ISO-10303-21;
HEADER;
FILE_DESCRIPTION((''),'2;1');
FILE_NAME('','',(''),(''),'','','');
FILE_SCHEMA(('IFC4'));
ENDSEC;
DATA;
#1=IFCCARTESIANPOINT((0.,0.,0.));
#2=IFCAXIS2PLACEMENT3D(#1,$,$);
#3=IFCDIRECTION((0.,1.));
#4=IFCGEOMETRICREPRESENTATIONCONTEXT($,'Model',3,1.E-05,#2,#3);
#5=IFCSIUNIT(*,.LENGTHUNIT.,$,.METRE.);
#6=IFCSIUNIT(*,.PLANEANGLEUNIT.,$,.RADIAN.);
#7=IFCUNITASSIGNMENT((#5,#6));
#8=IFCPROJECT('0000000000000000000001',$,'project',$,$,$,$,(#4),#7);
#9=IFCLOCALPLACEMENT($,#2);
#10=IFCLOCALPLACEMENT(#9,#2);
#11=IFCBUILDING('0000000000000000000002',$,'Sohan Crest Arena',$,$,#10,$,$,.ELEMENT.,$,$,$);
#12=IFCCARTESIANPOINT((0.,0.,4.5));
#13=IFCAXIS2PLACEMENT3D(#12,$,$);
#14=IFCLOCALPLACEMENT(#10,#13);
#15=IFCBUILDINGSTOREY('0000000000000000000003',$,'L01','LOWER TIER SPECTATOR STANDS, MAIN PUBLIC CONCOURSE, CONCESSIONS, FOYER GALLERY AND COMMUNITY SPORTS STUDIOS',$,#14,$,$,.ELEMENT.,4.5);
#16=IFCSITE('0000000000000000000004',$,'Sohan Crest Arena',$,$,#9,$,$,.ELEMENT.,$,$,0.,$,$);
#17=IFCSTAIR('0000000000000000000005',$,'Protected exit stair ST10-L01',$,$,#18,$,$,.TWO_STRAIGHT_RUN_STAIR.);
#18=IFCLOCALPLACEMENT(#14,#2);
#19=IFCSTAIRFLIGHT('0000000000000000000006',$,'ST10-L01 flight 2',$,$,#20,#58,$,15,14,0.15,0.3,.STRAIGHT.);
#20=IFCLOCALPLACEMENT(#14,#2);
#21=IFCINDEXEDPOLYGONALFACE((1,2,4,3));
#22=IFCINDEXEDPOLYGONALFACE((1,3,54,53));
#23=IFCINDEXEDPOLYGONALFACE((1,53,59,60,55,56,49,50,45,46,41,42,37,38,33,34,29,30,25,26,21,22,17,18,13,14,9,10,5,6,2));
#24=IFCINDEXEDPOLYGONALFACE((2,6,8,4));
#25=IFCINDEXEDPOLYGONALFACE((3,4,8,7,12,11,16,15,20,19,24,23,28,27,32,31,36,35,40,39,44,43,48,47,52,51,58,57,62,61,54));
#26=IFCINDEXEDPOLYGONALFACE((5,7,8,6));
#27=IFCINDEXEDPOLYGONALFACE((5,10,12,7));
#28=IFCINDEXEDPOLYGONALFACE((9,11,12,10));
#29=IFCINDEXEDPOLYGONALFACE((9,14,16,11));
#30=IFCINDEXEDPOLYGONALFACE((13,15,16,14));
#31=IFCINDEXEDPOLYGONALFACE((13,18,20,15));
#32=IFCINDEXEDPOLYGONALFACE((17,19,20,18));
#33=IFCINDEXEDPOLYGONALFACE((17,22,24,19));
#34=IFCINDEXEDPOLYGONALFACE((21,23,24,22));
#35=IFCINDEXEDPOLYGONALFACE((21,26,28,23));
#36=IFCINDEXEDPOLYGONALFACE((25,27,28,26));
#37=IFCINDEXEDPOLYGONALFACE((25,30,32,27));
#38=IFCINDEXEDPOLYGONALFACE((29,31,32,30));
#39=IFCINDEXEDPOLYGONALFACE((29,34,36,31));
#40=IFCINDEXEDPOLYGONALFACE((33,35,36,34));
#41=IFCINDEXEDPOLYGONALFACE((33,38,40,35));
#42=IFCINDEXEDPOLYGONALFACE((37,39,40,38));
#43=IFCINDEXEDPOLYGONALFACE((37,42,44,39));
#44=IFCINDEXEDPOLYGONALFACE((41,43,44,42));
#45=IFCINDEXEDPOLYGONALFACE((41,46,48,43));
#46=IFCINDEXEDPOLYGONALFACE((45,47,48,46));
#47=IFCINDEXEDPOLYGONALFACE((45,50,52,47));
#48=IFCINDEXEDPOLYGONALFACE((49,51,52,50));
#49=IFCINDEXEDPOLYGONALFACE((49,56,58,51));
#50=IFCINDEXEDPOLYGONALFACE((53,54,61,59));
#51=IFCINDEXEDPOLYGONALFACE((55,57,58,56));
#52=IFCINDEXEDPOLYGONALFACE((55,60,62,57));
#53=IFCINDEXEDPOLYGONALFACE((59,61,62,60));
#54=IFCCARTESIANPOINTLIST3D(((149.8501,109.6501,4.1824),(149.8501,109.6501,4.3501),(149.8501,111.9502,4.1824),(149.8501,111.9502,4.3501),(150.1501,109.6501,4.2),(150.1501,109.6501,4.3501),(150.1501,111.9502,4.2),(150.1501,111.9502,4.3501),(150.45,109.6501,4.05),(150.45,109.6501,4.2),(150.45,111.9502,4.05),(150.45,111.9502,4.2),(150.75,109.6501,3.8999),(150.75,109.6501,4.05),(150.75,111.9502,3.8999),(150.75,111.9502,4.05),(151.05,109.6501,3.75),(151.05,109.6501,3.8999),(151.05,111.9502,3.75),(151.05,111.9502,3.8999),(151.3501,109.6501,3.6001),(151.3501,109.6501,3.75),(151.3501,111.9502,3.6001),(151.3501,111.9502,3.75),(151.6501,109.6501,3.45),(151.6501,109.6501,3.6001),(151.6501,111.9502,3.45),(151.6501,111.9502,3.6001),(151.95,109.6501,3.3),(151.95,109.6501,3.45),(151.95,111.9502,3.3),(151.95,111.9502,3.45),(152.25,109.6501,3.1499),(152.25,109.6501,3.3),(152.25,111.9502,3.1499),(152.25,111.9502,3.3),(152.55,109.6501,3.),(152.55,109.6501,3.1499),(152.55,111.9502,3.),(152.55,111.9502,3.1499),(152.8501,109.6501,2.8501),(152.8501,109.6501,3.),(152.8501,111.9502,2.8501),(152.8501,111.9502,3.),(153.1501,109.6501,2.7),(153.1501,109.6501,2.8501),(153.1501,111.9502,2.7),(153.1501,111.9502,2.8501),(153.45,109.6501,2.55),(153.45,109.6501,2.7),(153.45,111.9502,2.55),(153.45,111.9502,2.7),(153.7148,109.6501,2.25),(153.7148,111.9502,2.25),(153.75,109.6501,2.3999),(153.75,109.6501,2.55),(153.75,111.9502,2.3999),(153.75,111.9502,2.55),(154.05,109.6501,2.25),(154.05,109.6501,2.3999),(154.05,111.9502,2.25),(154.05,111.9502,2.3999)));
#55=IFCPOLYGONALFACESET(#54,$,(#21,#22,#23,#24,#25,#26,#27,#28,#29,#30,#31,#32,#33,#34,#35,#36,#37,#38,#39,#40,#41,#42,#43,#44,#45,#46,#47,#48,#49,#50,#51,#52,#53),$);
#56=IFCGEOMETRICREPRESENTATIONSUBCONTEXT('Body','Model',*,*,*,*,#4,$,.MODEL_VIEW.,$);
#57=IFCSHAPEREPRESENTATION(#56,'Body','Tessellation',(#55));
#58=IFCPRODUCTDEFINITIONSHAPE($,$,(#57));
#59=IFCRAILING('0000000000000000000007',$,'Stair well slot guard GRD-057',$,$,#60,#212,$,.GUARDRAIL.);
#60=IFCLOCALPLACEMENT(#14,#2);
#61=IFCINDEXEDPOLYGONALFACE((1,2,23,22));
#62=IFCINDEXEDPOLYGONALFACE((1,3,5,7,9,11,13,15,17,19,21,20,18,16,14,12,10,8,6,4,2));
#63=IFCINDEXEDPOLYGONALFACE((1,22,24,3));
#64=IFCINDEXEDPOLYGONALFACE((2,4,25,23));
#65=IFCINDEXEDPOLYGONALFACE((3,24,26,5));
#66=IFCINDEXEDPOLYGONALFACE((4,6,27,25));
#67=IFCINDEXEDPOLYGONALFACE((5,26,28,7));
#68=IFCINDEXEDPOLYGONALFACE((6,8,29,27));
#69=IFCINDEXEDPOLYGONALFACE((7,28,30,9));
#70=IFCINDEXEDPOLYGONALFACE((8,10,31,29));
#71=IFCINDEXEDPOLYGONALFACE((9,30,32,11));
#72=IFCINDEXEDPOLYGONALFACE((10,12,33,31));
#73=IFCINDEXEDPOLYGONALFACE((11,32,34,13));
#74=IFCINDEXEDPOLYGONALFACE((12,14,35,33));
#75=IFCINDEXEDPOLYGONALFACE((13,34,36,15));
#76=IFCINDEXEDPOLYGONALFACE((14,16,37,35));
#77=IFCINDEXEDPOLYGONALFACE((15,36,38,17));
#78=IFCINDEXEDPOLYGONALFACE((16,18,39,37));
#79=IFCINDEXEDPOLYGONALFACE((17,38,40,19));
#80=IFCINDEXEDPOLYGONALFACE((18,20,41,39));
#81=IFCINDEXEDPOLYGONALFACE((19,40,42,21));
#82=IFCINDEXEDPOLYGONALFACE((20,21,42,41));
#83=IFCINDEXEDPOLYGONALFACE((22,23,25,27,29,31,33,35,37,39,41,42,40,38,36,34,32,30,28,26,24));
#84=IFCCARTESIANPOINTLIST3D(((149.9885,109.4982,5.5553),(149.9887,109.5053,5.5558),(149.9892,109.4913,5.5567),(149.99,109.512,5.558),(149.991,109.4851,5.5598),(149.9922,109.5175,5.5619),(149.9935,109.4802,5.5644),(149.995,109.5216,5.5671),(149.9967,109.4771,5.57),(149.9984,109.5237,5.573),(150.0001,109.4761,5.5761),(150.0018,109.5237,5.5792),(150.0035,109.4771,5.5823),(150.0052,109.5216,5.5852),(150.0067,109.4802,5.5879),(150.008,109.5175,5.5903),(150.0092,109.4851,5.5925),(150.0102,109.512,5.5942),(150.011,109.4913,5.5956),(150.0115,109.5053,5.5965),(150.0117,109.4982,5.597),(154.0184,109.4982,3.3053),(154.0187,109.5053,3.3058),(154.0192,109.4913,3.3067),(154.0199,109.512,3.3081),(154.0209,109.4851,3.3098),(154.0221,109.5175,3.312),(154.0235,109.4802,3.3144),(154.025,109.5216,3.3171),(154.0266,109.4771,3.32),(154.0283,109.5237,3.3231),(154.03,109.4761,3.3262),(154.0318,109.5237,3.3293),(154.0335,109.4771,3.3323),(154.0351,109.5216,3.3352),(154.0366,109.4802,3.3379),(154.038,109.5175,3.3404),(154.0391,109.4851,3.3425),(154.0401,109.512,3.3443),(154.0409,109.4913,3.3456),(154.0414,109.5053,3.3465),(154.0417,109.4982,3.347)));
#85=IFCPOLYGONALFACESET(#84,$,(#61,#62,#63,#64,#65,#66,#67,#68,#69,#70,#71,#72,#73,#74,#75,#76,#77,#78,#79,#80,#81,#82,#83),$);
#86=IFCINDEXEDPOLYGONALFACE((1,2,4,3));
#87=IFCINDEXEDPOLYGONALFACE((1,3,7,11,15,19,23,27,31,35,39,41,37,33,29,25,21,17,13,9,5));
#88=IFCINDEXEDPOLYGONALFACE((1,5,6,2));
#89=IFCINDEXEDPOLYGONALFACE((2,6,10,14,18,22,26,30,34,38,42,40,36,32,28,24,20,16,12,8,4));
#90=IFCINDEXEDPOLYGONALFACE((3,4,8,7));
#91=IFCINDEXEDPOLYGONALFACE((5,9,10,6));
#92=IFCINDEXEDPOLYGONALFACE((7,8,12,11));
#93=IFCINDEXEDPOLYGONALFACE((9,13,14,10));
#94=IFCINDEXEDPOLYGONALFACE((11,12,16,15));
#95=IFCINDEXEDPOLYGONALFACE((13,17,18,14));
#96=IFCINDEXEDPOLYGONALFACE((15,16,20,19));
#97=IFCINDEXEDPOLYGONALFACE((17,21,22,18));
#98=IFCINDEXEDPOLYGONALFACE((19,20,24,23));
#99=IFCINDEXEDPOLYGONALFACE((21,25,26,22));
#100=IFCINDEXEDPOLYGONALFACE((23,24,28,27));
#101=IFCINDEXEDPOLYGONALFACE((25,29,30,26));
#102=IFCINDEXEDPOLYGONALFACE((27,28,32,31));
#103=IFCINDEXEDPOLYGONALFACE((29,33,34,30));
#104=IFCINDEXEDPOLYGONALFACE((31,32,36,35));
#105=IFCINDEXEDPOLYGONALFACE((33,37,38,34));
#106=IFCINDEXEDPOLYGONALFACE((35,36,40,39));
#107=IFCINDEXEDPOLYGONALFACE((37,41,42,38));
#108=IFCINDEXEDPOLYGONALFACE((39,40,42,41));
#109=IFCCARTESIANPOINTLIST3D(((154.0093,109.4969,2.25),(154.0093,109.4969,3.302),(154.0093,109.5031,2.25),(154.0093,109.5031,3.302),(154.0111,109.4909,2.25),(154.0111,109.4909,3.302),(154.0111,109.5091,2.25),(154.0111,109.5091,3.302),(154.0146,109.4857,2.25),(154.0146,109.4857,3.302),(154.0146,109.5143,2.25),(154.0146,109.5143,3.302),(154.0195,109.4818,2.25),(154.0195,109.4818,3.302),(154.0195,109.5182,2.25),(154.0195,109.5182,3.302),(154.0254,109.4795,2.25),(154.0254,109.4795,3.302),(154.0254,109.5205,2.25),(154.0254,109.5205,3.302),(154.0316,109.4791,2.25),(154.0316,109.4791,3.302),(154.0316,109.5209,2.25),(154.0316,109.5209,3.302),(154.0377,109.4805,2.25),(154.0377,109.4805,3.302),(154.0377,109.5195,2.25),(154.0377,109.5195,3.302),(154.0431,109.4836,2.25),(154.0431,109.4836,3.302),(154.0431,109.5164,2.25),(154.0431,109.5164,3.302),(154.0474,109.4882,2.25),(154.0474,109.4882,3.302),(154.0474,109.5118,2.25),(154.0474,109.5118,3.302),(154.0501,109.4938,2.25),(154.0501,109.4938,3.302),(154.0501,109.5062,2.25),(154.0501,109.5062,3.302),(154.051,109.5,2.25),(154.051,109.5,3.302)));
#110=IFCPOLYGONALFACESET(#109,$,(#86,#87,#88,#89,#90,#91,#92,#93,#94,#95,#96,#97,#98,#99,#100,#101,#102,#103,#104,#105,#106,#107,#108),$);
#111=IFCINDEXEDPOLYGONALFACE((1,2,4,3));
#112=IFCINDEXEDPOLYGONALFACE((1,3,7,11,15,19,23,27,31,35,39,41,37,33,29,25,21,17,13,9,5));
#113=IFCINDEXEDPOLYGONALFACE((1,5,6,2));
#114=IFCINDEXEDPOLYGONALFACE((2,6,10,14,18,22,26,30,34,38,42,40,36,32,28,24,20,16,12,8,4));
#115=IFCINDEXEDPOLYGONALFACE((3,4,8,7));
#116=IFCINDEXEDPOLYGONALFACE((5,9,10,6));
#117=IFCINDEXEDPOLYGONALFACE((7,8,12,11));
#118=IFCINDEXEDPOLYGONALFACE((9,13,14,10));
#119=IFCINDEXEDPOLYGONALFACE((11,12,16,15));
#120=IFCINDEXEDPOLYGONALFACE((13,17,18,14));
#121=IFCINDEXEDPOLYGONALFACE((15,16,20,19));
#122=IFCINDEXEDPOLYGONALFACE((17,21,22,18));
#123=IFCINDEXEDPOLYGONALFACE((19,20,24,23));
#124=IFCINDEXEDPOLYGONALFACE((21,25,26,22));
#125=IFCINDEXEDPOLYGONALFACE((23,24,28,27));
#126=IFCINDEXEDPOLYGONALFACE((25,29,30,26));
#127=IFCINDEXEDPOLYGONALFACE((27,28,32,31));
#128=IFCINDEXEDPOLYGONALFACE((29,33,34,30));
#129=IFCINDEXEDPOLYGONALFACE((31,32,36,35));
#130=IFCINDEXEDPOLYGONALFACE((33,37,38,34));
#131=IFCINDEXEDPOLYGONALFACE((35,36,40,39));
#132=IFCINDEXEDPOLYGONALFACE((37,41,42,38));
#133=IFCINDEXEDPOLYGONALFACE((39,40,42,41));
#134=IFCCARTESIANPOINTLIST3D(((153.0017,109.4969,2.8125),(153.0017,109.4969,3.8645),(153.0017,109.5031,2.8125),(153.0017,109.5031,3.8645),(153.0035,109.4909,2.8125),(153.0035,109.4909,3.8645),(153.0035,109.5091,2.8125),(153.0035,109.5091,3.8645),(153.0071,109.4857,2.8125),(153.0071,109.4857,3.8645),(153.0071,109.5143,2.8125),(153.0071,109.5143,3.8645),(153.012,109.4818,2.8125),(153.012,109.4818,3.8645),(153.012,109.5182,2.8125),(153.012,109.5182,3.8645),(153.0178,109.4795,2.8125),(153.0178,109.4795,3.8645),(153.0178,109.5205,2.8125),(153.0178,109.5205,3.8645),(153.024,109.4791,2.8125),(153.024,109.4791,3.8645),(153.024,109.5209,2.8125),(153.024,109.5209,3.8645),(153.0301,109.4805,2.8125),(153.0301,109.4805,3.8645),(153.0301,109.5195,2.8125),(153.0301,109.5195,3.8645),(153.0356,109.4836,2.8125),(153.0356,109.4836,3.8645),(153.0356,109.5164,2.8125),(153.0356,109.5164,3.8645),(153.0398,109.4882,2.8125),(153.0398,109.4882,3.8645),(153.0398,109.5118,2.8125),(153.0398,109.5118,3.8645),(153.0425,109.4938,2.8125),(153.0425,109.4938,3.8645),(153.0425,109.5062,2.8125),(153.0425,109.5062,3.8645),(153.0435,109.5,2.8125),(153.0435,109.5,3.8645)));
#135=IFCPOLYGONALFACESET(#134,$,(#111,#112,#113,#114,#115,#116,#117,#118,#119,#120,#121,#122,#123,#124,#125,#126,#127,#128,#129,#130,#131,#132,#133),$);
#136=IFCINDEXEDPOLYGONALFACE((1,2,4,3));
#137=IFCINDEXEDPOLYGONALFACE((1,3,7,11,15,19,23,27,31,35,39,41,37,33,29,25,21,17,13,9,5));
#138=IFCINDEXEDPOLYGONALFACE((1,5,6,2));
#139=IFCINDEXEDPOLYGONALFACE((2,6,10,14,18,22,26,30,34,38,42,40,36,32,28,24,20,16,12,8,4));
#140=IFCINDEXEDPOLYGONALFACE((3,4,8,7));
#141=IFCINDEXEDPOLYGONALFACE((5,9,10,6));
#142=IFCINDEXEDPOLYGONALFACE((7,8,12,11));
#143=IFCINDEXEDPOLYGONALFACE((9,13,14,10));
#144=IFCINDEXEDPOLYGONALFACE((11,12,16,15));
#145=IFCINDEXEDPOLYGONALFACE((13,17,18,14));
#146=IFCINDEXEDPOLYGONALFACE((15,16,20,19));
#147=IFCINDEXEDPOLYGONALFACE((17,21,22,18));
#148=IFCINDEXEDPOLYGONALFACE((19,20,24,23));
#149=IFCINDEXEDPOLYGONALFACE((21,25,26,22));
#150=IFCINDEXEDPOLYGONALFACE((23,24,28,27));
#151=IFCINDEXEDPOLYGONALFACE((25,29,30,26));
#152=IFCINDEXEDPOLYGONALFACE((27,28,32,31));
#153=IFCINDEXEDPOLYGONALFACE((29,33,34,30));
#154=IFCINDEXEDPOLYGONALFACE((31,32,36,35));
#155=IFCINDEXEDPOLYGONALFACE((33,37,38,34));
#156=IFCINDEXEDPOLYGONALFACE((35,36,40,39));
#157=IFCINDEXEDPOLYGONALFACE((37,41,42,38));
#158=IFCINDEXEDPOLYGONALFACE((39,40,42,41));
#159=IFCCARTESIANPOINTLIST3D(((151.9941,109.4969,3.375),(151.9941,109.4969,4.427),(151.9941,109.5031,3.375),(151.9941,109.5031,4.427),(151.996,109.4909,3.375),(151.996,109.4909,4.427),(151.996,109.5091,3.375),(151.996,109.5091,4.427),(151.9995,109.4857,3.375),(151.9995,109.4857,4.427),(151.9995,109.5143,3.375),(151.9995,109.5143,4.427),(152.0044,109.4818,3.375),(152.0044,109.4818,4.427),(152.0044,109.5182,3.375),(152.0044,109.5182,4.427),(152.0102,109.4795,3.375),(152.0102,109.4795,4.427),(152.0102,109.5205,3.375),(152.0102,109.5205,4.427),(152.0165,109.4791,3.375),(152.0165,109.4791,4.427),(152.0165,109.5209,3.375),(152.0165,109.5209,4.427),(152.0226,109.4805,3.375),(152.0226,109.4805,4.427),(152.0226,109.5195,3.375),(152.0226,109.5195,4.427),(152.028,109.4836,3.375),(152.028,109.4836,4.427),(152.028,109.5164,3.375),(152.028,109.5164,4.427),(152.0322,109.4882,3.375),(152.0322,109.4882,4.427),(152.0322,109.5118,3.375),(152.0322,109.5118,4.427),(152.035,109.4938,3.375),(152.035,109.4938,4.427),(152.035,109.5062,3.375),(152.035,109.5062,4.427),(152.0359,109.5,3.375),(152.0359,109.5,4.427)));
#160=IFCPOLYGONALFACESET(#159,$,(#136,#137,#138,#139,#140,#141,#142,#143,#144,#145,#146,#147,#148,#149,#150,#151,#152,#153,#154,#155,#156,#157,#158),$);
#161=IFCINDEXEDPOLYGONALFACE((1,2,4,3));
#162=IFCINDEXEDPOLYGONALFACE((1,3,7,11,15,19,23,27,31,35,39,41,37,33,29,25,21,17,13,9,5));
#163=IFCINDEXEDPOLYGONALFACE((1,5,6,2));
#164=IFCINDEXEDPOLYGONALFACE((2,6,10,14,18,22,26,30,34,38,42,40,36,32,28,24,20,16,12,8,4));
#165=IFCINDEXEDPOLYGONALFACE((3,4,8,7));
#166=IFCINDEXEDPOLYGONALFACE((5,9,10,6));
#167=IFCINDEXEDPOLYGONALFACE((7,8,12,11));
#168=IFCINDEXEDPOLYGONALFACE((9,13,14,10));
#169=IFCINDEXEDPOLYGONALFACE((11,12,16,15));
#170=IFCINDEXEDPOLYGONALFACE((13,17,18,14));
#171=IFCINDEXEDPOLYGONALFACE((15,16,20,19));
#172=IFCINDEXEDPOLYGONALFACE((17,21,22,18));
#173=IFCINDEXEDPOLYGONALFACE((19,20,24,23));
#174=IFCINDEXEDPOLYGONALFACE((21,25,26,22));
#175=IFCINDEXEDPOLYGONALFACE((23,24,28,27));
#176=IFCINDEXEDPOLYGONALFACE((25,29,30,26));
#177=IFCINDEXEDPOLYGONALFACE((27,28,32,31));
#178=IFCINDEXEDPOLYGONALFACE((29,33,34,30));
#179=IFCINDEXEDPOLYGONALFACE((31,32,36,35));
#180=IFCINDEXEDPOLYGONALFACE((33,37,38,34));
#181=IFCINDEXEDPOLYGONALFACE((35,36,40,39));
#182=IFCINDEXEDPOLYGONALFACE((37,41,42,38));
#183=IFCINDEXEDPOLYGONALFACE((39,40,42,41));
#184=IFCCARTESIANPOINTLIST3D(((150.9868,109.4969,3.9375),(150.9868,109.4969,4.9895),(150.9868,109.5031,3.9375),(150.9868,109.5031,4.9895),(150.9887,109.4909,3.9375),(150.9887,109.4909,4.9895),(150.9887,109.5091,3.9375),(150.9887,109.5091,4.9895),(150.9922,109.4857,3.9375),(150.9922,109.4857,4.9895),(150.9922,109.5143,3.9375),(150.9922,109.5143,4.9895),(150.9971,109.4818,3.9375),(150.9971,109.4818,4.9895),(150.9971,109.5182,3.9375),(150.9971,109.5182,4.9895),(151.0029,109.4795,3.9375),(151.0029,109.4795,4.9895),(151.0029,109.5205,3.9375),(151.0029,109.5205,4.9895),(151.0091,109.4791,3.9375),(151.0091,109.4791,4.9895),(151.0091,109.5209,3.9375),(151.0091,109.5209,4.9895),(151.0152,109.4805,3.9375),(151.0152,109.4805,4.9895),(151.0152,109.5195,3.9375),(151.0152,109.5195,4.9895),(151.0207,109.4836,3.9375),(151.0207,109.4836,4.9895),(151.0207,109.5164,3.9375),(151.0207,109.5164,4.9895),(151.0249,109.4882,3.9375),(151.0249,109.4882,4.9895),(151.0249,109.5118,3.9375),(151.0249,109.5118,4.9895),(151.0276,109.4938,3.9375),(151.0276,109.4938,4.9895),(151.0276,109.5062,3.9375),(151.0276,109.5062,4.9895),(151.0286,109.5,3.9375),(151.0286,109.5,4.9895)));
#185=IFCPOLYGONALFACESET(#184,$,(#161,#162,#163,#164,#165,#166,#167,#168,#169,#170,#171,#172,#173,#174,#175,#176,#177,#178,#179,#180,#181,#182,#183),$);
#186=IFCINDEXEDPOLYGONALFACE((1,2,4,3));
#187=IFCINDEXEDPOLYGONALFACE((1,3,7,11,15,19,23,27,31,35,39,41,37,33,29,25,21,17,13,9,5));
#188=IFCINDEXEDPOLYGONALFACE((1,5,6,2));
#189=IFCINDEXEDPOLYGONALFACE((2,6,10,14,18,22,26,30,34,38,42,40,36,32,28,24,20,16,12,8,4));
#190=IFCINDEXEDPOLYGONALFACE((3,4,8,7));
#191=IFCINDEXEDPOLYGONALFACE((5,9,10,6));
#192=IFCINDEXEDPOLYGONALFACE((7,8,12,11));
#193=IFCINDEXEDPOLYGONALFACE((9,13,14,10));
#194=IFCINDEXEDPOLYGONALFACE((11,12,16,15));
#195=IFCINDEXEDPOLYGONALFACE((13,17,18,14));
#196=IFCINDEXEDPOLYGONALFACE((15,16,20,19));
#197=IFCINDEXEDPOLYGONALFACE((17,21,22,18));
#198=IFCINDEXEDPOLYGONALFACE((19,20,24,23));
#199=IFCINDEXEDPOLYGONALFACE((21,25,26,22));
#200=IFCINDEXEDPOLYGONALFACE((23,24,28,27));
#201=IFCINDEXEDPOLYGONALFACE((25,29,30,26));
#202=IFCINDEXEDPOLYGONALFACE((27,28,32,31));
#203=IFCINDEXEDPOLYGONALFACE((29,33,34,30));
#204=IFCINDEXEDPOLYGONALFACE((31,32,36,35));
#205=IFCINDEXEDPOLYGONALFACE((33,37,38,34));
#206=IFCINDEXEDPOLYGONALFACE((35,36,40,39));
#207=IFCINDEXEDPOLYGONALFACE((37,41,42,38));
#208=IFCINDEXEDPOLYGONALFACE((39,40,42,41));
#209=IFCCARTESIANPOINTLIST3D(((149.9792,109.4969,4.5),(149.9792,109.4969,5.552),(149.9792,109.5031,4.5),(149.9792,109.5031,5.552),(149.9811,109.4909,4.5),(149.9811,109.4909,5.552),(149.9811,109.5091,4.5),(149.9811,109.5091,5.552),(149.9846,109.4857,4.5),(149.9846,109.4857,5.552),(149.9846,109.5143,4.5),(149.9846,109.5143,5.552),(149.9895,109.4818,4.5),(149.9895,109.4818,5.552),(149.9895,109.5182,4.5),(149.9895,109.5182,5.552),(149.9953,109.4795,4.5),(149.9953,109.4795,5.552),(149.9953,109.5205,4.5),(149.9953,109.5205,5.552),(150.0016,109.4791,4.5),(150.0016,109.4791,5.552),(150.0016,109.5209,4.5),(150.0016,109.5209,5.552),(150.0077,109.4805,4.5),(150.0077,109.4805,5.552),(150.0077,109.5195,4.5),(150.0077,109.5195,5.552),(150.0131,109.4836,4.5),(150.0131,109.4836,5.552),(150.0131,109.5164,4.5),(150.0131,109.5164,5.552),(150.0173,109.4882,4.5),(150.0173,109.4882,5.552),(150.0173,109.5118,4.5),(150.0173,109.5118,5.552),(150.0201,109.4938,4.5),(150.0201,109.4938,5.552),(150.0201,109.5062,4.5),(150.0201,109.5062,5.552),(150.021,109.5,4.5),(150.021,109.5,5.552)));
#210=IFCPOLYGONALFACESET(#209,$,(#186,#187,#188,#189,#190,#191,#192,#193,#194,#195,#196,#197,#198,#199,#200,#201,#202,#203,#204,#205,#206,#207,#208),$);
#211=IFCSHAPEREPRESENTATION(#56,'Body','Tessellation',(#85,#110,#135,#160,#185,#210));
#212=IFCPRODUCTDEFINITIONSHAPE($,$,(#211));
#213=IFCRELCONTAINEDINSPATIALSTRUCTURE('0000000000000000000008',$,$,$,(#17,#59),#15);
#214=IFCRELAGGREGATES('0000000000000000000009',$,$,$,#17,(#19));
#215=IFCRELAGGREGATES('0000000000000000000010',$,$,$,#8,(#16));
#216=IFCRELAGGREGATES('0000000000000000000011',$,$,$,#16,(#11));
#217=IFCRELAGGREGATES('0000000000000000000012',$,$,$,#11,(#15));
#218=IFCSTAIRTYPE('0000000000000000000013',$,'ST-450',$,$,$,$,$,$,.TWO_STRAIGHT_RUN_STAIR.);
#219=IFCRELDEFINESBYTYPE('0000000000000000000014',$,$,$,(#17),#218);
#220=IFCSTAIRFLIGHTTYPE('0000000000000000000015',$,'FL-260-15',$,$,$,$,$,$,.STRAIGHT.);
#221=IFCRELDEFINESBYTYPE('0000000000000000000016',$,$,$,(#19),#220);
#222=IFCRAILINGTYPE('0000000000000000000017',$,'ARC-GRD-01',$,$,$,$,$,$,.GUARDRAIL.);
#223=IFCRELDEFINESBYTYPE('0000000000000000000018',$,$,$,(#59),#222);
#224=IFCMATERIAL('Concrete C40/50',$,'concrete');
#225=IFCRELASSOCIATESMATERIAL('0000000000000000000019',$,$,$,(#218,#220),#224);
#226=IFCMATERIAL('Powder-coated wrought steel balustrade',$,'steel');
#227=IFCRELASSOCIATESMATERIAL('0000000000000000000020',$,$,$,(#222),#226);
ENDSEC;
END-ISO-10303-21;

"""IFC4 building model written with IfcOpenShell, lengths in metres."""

from ifc_helpers import new_model, si_unit, direction, frame, origin, origin_2d, place, context, subcontext, project, spatial, polyline, circle, outline, extrude, material, type_object, element, aggregate, save


model = new_model("IFC4")

# Units and contexts
model_context = context("Model", 3, precision=1e-05, world=origin(), true_north=direction((0.0, 1.0)))
body_context = subcontext(model_context, "Body", "Model", "MODEL_VIEW")
ifc_project = project(units=[si_unit("LENGTHUNIT", "METRE"), si_unit("PLANEANGLEUNIT", "RADIAN")], contexts=[model_context])

# Site, building, storey
site_placement = place(None, origin())
site = spatial("IfcSite", under=ifc_project, at=site_placement, Name="Sohan Crest Arena", CompositionType="ELEMENT", RefElevation=0.0)
building_placement = place(site_placement, origin())
building = spatial("IfcBuilding", under=site, at=building_placement, Name="Sohan Crest Arena", CompositionType="ELEMENT")
storey_placement = place(building_placement, frame((0.0, 0.0, 4.5)))
storey = spatial("IfcBuildingStorey", under=building, at=storey_placement, Name="L01", Description="LOWER TIER SPECTATOR STANDS, MAIN PUBLIC CONCOURSE, CONCESSIONS, FOYER GALLERY AND COMMUNITY SPORTS STUDIOS", CompositionType="ELEMENT", Elevation=4.5)

# Shared definitions
ifc_material_1 = material(Name="Concrete C40/50", Category="concrete")

# Stair, stair flight
stair_type = type_object("IfcStairType", Name="ST-450", PredefinedType="TWO_STRAIGHT_RUN_STAIR", material=ifc_material_1)
stair_placement = place(storey_placement, origin())
stair = element("IfcStair", 1, at=stair_placement, inside=storey, type_object=stair_type, Name="Protected exit stair ST10-L01", PredefinedType="TWO_STRAIGHT_RUN_STAIR")
stair_flight_type = type_object("IfcStairFlightType", Name="FL-260-15", PredefinedType="STRAIGHT", material=ifc_material_1)
stair_flight_1_placement = place(storey_placement, frame((154.05, 110.8, 2.25), z_axis=(0.0, 0.0, 1.0), x_axis=(-1.0, 0.0, 0.0)))
stair_flight_1 = element("IfcStairFlight", 2, at=stair_flight_1_placement, type_object=stair_flight_type, Name="ST10-L01 flight 2", NumberOfRisers=15, NumberOfTreads=14, PredefinedType="STRAIGHT", RiserHeight=0.15, TreadLength=0.3, context=body_context, shape_type="SweptSolid", body=[
    extrude(outline(polyline([(0.0, 0.0), (0.0, 0.1499), (0.3, 0.1499), (0.3, 0.3), (0.6001, 0.3), (0.6001, 0.45), (0.8999, 0.45), (0.8999, 0.6001), (1.2, 0.6001), (1.2, 0.75), (1.5, 0.75), (1.5, 0.8999), (1.8, 0.8999), (1.8, 1.05), (2.1001, 1.05), (2.1001, 1.2), (2.3999, 1.2), (2.3999, 1.3501), (2.7, 1.3501), (2.7, 1.5), (3.0, 1.5), (3.0, 1.6499), (3.3, 1.6499), (3.3, 1.8), (3.6001, 1.8), (3.6001, 1.95), (3.8999, 1.95), (3.8999, 2.1001), (4.2, 2.1001), (4.2, 2.25), (4.2, 1.9324), (0.3352, 0.0), (0.0, 0.0)])), frame((0.0, 1.1499, 0.0), z_axis=(0.0, -1.0, 0.0), x_axis=(1.0, 0.0, 0.0)), (0.0, 0.0, 1.0), 2.3),
])
aggregate(stair, [stair_flight_1])

# Railing
ifc_material_2 = material(Name="Powder-coated wrought steel balustrade", Category="steel")
railing_type_1 = type_object("IfcRailingType", Name="ARC-GRD-01", PredefinedType="GUARDRAIL", material=ifc_material_2)
railing_1_placement = place(storey_placement, frame((154.03, 109.5, 2.25)))
element("IfcRailing", 3, at=railing_1_placement, inside=storey, type_object=railing_type_1, Name="Stair well slot guard GRD-057", PredefinedType="GUARDRAIL", context=body_context, shape_type="SweptSolid", body=[
    extrude(circle(Radius=0.0239, at=origin_2d()), frame((0.0, 0.0, 1.0762), z_axis=(-0.873135, 0.0, 0.487479), x_axis=(0.0, -1.0, 0.0)), (0.0, 0.0, 1.0), 4.6155),
    extrude(circle(Radius=0.021, at=origin_2d()), origin(), (0.0, 0.0, 1.0), 1.052),
    extrude(circle(Radius=0.021, at=origin_2d()), frame((-1.0076, 0.0, 0.5625)), (0.0, 0.0, 1.0), 1.052),
    extrude(circle(Radius=0.021, at=origin_2d()), frame((-2.0151, 0.0, 1.125)), (0.0, 0.0, 1.0), 1.052),
    extrude(circle(Radius=0.021, at=origin_2d()), frame((-3.0225, 0.0, 1.6875)), (0.0, 0.0, 1.0), 1.052),
    extrude(circle(Radius=0.021, at=origin_2d()), frame((-4.03, 0.0, 2.25)), (0.0, 0.0, 1.0), 1.052),
])

save(model, "model.ifc")
